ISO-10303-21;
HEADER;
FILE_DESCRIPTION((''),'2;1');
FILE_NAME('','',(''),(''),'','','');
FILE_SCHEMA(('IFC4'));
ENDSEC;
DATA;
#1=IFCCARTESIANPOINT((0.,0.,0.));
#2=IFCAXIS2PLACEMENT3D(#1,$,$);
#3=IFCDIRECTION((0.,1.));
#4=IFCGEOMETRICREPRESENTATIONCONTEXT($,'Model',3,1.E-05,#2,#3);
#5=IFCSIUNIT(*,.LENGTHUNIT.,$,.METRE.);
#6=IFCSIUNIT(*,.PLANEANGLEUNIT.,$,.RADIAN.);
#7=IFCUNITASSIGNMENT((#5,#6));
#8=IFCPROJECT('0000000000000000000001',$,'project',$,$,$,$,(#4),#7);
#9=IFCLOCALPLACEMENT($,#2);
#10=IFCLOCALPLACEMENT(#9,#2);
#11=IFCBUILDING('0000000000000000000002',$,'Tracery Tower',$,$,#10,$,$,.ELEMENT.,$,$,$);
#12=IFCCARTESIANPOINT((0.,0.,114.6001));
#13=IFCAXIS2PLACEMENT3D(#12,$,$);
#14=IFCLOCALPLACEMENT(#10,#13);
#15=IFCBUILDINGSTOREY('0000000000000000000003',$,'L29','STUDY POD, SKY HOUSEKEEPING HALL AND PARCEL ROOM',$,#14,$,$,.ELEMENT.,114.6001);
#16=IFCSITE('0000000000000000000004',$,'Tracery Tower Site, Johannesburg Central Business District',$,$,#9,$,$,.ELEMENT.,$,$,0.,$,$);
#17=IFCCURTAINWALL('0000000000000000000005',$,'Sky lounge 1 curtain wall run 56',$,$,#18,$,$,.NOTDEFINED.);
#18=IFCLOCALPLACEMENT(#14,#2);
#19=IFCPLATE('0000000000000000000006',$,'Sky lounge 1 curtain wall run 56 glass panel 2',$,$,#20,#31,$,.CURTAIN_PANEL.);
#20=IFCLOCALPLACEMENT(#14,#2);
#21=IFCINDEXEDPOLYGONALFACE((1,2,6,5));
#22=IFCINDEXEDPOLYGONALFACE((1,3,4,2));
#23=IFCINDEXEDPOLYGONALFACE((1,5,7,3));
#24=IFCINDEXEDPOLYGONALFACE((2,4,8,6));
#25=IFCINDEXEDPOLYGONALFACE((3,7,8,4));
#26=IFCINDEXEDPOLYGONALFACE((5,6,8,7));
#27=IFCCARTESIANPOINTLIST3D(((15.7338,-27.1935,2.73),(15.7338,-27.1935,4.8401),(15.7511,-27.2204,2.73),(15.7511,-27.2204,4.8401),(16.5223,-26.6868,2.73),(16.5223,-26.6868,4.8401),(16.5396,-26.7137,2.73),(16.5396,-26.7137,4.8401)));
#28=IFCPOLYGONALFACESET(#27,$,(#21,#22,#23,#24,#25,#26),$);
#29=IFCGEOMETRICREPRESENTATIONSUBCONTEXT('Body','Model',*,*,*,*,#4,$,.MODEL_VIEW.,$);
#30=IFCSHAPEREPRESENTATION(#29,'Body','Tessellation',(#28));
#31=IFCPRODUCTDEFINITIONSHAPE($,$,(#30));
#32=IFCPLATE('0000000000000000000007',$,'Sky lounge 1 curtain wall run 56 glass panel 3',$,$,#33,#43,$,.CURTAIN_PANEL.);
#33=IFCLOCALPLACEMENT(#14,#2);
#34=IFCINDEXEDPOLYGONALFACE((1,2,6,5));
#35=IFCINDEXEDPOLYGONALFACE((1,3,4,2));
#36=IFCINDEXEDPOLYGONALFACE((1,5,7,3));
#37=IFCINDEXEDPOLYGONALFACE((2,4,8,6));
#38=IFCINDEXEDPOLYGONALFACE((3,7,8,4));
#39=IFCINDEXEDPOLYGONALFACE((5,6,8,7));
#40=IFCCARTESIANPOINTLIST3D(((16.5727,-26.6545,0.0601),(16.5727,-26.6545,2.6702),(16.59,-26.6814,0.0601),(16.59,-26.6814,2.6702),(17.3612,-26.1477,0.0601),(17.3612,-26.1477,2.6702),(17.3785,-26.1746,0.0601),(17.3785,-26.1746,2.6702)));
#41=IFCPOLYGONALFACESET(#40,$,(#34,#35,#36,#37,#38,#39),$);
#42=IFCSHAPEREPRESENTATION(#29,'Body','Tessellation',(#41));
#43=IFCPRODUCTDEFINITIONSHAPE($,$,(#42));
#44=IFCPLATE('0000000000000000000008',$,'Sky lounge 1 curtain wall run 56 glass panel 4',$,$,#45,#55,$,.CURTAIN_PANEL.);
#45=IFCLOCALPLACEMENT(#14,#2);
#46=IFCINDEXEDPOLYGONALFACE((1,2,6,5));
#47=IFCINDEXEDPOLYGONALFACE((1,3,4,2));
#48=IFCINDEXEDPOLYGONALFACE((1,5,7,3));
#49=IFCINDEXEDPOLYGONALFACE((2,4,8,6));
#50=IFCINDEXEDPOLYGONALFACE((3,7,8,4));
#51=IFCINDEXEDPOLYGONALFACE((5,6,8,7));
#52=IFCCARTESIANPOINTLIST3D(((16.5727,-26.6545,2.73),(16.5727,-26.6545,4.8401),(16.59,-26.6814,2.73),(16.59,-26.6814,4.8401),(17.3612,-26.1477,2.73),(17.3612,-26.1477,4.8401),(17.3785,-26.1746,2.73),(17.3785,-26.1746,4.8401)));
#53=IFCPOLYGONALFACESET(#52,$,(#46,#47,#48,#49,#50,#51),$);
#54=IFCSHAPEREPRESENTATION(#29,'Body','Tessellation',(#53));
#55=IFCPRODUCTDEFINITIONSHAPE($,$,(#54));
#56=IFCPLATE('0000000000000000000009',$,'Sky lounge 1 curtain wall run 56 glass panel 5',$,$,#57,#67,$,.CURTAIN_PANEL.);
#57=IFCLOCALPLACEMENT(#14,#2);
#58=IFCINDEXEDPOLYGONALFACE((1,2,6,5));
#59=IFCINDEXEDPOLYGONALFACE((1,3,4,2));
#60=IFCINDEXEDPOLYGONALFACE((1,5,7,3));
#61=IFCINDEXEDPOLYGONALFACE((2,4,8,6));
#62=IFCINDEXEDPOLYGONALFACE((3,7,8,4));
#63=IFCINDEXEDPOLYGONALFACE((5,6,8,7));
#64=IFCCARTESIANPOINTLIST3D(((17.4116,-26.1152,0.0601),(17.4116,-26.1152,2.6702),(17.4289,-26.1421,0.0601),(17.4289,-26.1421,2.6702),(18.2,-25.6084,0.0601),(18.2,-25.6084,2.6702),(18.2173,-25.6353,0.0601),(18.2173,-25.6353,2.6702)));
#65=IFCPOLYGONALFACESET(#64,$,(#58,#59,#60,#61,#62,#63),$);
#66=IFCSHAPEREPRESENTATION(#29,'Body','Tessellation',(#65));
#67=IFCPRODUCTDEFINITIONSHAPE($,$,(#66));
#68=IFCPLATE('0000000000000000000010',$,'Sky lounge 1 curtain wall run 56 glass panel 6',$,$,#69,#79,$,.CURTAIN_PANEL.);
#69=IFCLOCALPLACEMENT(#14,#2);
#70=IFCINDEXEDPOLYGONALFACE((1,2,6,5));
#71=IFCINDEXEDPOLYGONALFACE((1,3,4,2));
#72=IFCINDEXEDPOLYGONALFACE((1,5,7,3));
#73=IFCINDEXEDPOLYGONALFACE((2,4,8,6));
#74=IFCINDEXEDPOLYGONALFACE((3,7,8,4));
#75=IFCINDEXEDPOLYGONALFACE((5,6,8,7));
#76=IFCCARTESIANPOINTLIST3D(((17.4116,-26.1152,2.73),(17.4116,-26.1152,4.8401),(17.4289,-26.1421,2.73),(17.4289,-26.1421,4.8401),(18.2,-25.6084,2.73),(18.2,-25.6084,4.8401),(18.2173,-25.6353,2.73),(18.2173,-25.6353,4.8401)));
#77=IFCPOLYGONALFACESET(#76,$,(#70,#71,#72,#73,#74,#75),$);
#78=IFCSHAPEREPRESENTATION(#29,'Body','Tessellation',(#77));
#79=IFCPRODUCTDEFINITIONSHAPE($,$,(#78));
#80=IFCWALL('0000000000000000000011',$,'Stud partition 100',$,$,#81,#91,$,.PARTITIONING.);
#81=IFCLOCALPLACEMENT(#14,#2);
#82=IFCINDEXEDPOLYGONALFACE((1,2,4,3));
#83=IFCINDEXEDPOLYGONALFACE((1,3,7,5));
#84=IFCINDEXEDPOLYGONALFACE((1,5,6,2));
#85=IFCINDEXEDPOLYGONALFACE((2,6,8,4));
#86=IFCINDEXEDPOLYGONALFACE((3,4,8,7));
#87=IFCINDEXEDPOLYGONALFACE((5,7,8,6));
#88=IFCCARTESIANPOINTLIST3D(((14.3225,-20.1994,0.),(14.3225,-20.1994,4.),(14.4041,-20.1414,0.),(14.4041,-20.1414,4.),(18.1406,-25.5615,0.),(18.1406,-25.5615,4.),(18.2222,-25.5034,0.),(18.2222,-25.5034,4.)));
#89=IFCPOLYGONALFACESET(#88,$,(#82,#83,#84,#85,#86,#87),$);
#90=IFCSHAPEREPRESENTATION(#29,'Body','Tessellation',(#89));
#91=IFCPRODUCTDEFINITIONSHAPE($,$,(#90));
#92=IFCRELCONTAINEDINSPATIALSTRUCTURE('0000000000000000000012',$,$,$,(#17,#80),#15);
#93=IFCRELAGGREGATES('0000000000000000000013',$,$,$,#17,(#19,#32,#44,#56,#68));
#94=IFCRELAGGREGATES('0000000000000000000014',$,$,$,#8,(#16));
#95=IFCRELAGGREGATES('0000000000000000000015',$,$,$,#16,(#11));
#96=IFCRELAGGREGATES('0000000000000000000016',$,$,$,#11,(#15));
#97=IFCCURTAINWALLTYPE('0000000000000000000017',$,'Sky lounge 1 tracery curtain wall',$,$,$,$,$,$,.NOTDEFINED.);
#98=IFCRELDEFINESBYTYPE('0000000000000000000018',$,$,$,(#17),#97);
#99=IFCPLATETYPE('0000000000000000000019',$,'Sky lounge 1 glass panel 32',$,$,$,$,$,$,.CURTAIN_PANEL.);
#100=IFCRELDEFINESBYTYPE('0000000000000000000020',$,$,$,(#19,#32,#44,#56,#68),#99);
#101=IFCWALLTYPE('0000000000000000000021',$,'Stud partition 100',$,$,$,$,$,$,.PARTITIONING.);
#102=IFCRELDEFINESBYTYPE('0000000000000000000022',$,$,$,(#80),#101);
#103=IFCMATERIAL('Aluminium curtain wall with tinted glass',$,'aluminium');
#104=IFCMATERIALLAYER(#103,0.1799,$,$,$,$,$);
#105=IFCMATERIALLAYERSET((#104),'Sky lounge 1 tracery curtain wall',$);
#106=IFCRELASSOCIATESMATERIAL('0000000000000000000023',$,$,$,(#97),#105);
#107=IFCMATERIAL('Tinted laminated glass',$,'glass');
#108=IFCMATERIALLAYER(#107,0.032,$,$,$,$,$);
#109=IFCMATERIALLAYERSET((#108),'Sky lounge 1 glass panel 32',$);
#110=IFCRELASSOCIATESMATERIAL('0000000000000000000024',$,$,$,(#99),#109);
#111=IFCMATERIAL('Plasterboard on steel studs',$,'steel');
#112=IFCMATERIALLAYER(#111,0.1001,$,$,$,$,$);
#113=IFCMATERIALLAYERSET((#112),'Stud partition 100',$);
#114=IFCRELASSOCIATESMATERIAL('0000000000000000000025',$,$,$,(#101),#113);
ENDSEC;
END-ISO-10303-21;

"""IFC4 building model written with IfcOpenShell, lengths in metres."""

from ifc_helpers import new_model, si_unit, direction, frame, frame_2d, origin, origin_2d, place, context, subcontext, project, spatial, rectangle, extrude, material, layer, layer_set, type_object, element, aggregate, save


model = new_model("IFC4")

# Units and contexts
model_context = context("Model", 3, precision=1e-05, world=origin(), true_north=direction((0.0, 1.0)))
body_context = subcontext(model_context, "Body", "Model", "MODEL_VIEW")
ifc_project = project(units=[si_unit("LENGTHUNIT", "METRE"), si_unit("PLANEANGLEUNIT", "RADIAN")], contexts=[model_context])

# Site, building, storey
site_placement = place(None, origin())
site = spatial("IfcSite", under=ifc_project, at=site_placement, Name="Tracery Tower Site, Johannesburg Central Business District", CompositionType="ELEMENT", RefElevation=0.0)
building_placement = place(site_placement, origin())
building = spatial("IfcBuilding", under=site, at=building_placement, Name="Tracery Tower", CompositionType="ELEMENT")
storey_placement = place(building_placement, frame((0.0, 0.0, 114.6001)))
storey = spatial("IfcBuildingStorey", under=building, at=storey_placement, Name="L29", Description="STUDY POD, SKY HOUSEKEEPING HALL AND PARCEL ROOM", CompositionType="ELEMENT", Elevation=114.6001)

# Curtain wall
ifc_material_1 = material(Name="Aluminium curtain wall with tinted glass", Category="aluminium")
ifc_layer_1 = layer(ifc_material_1, 0.1799)
ifc_layer_set_1 = layer_set([ifc_layer_1], Name="Sky lounge 1 tracery curtain wall")
curtain_wall_type = type_object("IfcCurtainWallType", Name="Sky lounge 1 tracery curtain wall", PredefinedType="NOTDEFINED", material=ifc_layer_set_1)
curtain_wall_1_placement = place(storey_placement, origin())
curtain_wall_1 = element("IfcCurtainWall", 1, at=curtain_wall_1_placement, inside=storey, type_object=curtain_wall_type, Name="Sky lounge 1 curtain wall run 56", PredefinedType="NOTDEFINED")

# Plates
ifc_material_2 = material(Name="Tinted laminated glass", Category="glass")
ifc_layer_2 = layer(ifc_material_2, 0.032)
ifc_layer_set_2 = layer_set([ifc_layer_2], Name="Sky lounge 1 glass panel 32")
plate_type = type_object("IfcPlateType", Name="Sky lounge 1 glass panel 32", PredefinedType="CURTAIN_PANEL", material=ifc_layer_set_2)
plate_1_placement = place(storey_placement, frame((16.1367, -26.9536, 2.73), z_axis=(0.0, 0.0, 1.0), x_axis=(0.841254, 0.540641, 0.0)))
plate_1 = element("IfcPlate", 2, at=plate_1_placement, type_object=plate_type, Name="Sky lounge 1 curtain wall run 56 glass panel 2", PredefinedType="CURTAIN_PANEL", context=body_context, shape_type="SweptSolid", body=[
    extrude(rectangle(XDim=0.9373, YDim=0.032, at=origin_2d()), origin(), (0.0, 0.0, 1.0), 2.1101),
])
plate_2_placement = place(storey_placement, frame((16.9756, -26.4146, 0.0601), z_axis=(0.0, 0.0, 1.0), x_axis=(0.841254, 0.540641, 0.0)))
plate_2 = element("IfcPlate", 3, at=plate_2_placement, type_object=plate_type, Name="Sky lounge 1 curtain wall run 56 glass panel 3", PredefinedType="CURTAIN_PANEL", context=body_context, shape_type="SweptSolid", body=[
    extrude(rectangle(XDim=0.9373, YDim=0.032, at=origin_2d()), origin(), (0.0, 0.0, 1.0), 2.6101),
])
plate_3_placement = place(storey_placement, frame((16.9756, -26.4146, 2.73), z_axis=(0.0, 0.0, 1.0), x_axis=(0.841254, 0.540641, 0.0)))
plate_3 = element("IfcPlate", 4, at=plate_3_placement, type_object=plate_type, Name="Sky lounge 1 curtain wall run 56 glass panel 4", PredefinedType="CURTAIN_PANEL", context=body_context, shape_type="SweptSolid", body=[
    extrude(rectangle(XDim=0.9373, YDim=0.032, at=origin_2d()), origin(), (0.0, 0.0, 1.0), 2.1101),
])
plate_4_placement = place(storey_placement, frame((17.8145, -25.8752, 0.0601), z_axis=(0.0, 0.0, 1.0), x_axis=(0.841254, 0.540641, 0.0)))
plate_4 = element("IfcPlate", 5, at=plate_4_placement, type_object=plate_type, Name="Sky lounge 1 curtain wall run 56 glass panel 5", PredefinedType="CURTAIN_PANEL", context=body_context, shape_type="SweptSolid", body=[
    extrude(rectangle(XDim=0.9373, YDim=0.032, at=origin_2d()), origin(), (0.0, 0.0, 1.0), 2.6101),
])
plate_5_placement = place(storey_placement, frame((17.8145, -25.8752, 2.73), z_axis=(0.0, 0.0, 1.0), x_axis=(0.841254, 0.540641, 0.0)))
plate_5 = element("IfcPlate", 6, at=plate_5_placement, type_object=plate_type, Name="Sky lounge 1 curtain wall run 56 glass panel 6", PredefinedType="CURTAIN_PANEL", context=body_context, shape_type="SweptSolid", body=[
    extrude(rectangle(XDim=0.9373, YDim=0.032, at=origin_2d()), origin(), (0.0, 0.0, 1.0), 2.1101),
])
aggregate(curtain_wall_1, [plate_1, plate_2, plate_3, plate_4, plate_5])

# Wall
ifc_material_3 = material(Name="Plasterboard on steel studs", Category="steel")
ifc_layer_3 = layer(ifc_material_3, 0.1001)
ifc_layer_set_3 = layer_set([ifc_layer_3], Name="Stud partition 100")
wall_type = type_object("IfcWallType", Name="Stud partition 100", PredefinedType="PARTITIONING", material=ifc_layer_set_3)
wall_placement = place(storey_placement, frame((18.1814, -25.5325, 0.0), z_axis=(0.0, 0.0, 1.0), x_axis=(-0.580038, 0.81459, 0.0)))
element("IfcWall", 7, at=wall_placement, inside=storey, type_object=wall_type, Name="Stud partition 100", PredefinedType="PARTITIONING", context=body_context, shape_type="SweptSolid", body=[
    extrude(rectangle(XDim=6.5825, YDim=0.1001, at=frame_2d((3.2913, 0.0))), origin(), (0.0, 0.0, 1.0), 4.0),
])

save(model, "model.ifc")
